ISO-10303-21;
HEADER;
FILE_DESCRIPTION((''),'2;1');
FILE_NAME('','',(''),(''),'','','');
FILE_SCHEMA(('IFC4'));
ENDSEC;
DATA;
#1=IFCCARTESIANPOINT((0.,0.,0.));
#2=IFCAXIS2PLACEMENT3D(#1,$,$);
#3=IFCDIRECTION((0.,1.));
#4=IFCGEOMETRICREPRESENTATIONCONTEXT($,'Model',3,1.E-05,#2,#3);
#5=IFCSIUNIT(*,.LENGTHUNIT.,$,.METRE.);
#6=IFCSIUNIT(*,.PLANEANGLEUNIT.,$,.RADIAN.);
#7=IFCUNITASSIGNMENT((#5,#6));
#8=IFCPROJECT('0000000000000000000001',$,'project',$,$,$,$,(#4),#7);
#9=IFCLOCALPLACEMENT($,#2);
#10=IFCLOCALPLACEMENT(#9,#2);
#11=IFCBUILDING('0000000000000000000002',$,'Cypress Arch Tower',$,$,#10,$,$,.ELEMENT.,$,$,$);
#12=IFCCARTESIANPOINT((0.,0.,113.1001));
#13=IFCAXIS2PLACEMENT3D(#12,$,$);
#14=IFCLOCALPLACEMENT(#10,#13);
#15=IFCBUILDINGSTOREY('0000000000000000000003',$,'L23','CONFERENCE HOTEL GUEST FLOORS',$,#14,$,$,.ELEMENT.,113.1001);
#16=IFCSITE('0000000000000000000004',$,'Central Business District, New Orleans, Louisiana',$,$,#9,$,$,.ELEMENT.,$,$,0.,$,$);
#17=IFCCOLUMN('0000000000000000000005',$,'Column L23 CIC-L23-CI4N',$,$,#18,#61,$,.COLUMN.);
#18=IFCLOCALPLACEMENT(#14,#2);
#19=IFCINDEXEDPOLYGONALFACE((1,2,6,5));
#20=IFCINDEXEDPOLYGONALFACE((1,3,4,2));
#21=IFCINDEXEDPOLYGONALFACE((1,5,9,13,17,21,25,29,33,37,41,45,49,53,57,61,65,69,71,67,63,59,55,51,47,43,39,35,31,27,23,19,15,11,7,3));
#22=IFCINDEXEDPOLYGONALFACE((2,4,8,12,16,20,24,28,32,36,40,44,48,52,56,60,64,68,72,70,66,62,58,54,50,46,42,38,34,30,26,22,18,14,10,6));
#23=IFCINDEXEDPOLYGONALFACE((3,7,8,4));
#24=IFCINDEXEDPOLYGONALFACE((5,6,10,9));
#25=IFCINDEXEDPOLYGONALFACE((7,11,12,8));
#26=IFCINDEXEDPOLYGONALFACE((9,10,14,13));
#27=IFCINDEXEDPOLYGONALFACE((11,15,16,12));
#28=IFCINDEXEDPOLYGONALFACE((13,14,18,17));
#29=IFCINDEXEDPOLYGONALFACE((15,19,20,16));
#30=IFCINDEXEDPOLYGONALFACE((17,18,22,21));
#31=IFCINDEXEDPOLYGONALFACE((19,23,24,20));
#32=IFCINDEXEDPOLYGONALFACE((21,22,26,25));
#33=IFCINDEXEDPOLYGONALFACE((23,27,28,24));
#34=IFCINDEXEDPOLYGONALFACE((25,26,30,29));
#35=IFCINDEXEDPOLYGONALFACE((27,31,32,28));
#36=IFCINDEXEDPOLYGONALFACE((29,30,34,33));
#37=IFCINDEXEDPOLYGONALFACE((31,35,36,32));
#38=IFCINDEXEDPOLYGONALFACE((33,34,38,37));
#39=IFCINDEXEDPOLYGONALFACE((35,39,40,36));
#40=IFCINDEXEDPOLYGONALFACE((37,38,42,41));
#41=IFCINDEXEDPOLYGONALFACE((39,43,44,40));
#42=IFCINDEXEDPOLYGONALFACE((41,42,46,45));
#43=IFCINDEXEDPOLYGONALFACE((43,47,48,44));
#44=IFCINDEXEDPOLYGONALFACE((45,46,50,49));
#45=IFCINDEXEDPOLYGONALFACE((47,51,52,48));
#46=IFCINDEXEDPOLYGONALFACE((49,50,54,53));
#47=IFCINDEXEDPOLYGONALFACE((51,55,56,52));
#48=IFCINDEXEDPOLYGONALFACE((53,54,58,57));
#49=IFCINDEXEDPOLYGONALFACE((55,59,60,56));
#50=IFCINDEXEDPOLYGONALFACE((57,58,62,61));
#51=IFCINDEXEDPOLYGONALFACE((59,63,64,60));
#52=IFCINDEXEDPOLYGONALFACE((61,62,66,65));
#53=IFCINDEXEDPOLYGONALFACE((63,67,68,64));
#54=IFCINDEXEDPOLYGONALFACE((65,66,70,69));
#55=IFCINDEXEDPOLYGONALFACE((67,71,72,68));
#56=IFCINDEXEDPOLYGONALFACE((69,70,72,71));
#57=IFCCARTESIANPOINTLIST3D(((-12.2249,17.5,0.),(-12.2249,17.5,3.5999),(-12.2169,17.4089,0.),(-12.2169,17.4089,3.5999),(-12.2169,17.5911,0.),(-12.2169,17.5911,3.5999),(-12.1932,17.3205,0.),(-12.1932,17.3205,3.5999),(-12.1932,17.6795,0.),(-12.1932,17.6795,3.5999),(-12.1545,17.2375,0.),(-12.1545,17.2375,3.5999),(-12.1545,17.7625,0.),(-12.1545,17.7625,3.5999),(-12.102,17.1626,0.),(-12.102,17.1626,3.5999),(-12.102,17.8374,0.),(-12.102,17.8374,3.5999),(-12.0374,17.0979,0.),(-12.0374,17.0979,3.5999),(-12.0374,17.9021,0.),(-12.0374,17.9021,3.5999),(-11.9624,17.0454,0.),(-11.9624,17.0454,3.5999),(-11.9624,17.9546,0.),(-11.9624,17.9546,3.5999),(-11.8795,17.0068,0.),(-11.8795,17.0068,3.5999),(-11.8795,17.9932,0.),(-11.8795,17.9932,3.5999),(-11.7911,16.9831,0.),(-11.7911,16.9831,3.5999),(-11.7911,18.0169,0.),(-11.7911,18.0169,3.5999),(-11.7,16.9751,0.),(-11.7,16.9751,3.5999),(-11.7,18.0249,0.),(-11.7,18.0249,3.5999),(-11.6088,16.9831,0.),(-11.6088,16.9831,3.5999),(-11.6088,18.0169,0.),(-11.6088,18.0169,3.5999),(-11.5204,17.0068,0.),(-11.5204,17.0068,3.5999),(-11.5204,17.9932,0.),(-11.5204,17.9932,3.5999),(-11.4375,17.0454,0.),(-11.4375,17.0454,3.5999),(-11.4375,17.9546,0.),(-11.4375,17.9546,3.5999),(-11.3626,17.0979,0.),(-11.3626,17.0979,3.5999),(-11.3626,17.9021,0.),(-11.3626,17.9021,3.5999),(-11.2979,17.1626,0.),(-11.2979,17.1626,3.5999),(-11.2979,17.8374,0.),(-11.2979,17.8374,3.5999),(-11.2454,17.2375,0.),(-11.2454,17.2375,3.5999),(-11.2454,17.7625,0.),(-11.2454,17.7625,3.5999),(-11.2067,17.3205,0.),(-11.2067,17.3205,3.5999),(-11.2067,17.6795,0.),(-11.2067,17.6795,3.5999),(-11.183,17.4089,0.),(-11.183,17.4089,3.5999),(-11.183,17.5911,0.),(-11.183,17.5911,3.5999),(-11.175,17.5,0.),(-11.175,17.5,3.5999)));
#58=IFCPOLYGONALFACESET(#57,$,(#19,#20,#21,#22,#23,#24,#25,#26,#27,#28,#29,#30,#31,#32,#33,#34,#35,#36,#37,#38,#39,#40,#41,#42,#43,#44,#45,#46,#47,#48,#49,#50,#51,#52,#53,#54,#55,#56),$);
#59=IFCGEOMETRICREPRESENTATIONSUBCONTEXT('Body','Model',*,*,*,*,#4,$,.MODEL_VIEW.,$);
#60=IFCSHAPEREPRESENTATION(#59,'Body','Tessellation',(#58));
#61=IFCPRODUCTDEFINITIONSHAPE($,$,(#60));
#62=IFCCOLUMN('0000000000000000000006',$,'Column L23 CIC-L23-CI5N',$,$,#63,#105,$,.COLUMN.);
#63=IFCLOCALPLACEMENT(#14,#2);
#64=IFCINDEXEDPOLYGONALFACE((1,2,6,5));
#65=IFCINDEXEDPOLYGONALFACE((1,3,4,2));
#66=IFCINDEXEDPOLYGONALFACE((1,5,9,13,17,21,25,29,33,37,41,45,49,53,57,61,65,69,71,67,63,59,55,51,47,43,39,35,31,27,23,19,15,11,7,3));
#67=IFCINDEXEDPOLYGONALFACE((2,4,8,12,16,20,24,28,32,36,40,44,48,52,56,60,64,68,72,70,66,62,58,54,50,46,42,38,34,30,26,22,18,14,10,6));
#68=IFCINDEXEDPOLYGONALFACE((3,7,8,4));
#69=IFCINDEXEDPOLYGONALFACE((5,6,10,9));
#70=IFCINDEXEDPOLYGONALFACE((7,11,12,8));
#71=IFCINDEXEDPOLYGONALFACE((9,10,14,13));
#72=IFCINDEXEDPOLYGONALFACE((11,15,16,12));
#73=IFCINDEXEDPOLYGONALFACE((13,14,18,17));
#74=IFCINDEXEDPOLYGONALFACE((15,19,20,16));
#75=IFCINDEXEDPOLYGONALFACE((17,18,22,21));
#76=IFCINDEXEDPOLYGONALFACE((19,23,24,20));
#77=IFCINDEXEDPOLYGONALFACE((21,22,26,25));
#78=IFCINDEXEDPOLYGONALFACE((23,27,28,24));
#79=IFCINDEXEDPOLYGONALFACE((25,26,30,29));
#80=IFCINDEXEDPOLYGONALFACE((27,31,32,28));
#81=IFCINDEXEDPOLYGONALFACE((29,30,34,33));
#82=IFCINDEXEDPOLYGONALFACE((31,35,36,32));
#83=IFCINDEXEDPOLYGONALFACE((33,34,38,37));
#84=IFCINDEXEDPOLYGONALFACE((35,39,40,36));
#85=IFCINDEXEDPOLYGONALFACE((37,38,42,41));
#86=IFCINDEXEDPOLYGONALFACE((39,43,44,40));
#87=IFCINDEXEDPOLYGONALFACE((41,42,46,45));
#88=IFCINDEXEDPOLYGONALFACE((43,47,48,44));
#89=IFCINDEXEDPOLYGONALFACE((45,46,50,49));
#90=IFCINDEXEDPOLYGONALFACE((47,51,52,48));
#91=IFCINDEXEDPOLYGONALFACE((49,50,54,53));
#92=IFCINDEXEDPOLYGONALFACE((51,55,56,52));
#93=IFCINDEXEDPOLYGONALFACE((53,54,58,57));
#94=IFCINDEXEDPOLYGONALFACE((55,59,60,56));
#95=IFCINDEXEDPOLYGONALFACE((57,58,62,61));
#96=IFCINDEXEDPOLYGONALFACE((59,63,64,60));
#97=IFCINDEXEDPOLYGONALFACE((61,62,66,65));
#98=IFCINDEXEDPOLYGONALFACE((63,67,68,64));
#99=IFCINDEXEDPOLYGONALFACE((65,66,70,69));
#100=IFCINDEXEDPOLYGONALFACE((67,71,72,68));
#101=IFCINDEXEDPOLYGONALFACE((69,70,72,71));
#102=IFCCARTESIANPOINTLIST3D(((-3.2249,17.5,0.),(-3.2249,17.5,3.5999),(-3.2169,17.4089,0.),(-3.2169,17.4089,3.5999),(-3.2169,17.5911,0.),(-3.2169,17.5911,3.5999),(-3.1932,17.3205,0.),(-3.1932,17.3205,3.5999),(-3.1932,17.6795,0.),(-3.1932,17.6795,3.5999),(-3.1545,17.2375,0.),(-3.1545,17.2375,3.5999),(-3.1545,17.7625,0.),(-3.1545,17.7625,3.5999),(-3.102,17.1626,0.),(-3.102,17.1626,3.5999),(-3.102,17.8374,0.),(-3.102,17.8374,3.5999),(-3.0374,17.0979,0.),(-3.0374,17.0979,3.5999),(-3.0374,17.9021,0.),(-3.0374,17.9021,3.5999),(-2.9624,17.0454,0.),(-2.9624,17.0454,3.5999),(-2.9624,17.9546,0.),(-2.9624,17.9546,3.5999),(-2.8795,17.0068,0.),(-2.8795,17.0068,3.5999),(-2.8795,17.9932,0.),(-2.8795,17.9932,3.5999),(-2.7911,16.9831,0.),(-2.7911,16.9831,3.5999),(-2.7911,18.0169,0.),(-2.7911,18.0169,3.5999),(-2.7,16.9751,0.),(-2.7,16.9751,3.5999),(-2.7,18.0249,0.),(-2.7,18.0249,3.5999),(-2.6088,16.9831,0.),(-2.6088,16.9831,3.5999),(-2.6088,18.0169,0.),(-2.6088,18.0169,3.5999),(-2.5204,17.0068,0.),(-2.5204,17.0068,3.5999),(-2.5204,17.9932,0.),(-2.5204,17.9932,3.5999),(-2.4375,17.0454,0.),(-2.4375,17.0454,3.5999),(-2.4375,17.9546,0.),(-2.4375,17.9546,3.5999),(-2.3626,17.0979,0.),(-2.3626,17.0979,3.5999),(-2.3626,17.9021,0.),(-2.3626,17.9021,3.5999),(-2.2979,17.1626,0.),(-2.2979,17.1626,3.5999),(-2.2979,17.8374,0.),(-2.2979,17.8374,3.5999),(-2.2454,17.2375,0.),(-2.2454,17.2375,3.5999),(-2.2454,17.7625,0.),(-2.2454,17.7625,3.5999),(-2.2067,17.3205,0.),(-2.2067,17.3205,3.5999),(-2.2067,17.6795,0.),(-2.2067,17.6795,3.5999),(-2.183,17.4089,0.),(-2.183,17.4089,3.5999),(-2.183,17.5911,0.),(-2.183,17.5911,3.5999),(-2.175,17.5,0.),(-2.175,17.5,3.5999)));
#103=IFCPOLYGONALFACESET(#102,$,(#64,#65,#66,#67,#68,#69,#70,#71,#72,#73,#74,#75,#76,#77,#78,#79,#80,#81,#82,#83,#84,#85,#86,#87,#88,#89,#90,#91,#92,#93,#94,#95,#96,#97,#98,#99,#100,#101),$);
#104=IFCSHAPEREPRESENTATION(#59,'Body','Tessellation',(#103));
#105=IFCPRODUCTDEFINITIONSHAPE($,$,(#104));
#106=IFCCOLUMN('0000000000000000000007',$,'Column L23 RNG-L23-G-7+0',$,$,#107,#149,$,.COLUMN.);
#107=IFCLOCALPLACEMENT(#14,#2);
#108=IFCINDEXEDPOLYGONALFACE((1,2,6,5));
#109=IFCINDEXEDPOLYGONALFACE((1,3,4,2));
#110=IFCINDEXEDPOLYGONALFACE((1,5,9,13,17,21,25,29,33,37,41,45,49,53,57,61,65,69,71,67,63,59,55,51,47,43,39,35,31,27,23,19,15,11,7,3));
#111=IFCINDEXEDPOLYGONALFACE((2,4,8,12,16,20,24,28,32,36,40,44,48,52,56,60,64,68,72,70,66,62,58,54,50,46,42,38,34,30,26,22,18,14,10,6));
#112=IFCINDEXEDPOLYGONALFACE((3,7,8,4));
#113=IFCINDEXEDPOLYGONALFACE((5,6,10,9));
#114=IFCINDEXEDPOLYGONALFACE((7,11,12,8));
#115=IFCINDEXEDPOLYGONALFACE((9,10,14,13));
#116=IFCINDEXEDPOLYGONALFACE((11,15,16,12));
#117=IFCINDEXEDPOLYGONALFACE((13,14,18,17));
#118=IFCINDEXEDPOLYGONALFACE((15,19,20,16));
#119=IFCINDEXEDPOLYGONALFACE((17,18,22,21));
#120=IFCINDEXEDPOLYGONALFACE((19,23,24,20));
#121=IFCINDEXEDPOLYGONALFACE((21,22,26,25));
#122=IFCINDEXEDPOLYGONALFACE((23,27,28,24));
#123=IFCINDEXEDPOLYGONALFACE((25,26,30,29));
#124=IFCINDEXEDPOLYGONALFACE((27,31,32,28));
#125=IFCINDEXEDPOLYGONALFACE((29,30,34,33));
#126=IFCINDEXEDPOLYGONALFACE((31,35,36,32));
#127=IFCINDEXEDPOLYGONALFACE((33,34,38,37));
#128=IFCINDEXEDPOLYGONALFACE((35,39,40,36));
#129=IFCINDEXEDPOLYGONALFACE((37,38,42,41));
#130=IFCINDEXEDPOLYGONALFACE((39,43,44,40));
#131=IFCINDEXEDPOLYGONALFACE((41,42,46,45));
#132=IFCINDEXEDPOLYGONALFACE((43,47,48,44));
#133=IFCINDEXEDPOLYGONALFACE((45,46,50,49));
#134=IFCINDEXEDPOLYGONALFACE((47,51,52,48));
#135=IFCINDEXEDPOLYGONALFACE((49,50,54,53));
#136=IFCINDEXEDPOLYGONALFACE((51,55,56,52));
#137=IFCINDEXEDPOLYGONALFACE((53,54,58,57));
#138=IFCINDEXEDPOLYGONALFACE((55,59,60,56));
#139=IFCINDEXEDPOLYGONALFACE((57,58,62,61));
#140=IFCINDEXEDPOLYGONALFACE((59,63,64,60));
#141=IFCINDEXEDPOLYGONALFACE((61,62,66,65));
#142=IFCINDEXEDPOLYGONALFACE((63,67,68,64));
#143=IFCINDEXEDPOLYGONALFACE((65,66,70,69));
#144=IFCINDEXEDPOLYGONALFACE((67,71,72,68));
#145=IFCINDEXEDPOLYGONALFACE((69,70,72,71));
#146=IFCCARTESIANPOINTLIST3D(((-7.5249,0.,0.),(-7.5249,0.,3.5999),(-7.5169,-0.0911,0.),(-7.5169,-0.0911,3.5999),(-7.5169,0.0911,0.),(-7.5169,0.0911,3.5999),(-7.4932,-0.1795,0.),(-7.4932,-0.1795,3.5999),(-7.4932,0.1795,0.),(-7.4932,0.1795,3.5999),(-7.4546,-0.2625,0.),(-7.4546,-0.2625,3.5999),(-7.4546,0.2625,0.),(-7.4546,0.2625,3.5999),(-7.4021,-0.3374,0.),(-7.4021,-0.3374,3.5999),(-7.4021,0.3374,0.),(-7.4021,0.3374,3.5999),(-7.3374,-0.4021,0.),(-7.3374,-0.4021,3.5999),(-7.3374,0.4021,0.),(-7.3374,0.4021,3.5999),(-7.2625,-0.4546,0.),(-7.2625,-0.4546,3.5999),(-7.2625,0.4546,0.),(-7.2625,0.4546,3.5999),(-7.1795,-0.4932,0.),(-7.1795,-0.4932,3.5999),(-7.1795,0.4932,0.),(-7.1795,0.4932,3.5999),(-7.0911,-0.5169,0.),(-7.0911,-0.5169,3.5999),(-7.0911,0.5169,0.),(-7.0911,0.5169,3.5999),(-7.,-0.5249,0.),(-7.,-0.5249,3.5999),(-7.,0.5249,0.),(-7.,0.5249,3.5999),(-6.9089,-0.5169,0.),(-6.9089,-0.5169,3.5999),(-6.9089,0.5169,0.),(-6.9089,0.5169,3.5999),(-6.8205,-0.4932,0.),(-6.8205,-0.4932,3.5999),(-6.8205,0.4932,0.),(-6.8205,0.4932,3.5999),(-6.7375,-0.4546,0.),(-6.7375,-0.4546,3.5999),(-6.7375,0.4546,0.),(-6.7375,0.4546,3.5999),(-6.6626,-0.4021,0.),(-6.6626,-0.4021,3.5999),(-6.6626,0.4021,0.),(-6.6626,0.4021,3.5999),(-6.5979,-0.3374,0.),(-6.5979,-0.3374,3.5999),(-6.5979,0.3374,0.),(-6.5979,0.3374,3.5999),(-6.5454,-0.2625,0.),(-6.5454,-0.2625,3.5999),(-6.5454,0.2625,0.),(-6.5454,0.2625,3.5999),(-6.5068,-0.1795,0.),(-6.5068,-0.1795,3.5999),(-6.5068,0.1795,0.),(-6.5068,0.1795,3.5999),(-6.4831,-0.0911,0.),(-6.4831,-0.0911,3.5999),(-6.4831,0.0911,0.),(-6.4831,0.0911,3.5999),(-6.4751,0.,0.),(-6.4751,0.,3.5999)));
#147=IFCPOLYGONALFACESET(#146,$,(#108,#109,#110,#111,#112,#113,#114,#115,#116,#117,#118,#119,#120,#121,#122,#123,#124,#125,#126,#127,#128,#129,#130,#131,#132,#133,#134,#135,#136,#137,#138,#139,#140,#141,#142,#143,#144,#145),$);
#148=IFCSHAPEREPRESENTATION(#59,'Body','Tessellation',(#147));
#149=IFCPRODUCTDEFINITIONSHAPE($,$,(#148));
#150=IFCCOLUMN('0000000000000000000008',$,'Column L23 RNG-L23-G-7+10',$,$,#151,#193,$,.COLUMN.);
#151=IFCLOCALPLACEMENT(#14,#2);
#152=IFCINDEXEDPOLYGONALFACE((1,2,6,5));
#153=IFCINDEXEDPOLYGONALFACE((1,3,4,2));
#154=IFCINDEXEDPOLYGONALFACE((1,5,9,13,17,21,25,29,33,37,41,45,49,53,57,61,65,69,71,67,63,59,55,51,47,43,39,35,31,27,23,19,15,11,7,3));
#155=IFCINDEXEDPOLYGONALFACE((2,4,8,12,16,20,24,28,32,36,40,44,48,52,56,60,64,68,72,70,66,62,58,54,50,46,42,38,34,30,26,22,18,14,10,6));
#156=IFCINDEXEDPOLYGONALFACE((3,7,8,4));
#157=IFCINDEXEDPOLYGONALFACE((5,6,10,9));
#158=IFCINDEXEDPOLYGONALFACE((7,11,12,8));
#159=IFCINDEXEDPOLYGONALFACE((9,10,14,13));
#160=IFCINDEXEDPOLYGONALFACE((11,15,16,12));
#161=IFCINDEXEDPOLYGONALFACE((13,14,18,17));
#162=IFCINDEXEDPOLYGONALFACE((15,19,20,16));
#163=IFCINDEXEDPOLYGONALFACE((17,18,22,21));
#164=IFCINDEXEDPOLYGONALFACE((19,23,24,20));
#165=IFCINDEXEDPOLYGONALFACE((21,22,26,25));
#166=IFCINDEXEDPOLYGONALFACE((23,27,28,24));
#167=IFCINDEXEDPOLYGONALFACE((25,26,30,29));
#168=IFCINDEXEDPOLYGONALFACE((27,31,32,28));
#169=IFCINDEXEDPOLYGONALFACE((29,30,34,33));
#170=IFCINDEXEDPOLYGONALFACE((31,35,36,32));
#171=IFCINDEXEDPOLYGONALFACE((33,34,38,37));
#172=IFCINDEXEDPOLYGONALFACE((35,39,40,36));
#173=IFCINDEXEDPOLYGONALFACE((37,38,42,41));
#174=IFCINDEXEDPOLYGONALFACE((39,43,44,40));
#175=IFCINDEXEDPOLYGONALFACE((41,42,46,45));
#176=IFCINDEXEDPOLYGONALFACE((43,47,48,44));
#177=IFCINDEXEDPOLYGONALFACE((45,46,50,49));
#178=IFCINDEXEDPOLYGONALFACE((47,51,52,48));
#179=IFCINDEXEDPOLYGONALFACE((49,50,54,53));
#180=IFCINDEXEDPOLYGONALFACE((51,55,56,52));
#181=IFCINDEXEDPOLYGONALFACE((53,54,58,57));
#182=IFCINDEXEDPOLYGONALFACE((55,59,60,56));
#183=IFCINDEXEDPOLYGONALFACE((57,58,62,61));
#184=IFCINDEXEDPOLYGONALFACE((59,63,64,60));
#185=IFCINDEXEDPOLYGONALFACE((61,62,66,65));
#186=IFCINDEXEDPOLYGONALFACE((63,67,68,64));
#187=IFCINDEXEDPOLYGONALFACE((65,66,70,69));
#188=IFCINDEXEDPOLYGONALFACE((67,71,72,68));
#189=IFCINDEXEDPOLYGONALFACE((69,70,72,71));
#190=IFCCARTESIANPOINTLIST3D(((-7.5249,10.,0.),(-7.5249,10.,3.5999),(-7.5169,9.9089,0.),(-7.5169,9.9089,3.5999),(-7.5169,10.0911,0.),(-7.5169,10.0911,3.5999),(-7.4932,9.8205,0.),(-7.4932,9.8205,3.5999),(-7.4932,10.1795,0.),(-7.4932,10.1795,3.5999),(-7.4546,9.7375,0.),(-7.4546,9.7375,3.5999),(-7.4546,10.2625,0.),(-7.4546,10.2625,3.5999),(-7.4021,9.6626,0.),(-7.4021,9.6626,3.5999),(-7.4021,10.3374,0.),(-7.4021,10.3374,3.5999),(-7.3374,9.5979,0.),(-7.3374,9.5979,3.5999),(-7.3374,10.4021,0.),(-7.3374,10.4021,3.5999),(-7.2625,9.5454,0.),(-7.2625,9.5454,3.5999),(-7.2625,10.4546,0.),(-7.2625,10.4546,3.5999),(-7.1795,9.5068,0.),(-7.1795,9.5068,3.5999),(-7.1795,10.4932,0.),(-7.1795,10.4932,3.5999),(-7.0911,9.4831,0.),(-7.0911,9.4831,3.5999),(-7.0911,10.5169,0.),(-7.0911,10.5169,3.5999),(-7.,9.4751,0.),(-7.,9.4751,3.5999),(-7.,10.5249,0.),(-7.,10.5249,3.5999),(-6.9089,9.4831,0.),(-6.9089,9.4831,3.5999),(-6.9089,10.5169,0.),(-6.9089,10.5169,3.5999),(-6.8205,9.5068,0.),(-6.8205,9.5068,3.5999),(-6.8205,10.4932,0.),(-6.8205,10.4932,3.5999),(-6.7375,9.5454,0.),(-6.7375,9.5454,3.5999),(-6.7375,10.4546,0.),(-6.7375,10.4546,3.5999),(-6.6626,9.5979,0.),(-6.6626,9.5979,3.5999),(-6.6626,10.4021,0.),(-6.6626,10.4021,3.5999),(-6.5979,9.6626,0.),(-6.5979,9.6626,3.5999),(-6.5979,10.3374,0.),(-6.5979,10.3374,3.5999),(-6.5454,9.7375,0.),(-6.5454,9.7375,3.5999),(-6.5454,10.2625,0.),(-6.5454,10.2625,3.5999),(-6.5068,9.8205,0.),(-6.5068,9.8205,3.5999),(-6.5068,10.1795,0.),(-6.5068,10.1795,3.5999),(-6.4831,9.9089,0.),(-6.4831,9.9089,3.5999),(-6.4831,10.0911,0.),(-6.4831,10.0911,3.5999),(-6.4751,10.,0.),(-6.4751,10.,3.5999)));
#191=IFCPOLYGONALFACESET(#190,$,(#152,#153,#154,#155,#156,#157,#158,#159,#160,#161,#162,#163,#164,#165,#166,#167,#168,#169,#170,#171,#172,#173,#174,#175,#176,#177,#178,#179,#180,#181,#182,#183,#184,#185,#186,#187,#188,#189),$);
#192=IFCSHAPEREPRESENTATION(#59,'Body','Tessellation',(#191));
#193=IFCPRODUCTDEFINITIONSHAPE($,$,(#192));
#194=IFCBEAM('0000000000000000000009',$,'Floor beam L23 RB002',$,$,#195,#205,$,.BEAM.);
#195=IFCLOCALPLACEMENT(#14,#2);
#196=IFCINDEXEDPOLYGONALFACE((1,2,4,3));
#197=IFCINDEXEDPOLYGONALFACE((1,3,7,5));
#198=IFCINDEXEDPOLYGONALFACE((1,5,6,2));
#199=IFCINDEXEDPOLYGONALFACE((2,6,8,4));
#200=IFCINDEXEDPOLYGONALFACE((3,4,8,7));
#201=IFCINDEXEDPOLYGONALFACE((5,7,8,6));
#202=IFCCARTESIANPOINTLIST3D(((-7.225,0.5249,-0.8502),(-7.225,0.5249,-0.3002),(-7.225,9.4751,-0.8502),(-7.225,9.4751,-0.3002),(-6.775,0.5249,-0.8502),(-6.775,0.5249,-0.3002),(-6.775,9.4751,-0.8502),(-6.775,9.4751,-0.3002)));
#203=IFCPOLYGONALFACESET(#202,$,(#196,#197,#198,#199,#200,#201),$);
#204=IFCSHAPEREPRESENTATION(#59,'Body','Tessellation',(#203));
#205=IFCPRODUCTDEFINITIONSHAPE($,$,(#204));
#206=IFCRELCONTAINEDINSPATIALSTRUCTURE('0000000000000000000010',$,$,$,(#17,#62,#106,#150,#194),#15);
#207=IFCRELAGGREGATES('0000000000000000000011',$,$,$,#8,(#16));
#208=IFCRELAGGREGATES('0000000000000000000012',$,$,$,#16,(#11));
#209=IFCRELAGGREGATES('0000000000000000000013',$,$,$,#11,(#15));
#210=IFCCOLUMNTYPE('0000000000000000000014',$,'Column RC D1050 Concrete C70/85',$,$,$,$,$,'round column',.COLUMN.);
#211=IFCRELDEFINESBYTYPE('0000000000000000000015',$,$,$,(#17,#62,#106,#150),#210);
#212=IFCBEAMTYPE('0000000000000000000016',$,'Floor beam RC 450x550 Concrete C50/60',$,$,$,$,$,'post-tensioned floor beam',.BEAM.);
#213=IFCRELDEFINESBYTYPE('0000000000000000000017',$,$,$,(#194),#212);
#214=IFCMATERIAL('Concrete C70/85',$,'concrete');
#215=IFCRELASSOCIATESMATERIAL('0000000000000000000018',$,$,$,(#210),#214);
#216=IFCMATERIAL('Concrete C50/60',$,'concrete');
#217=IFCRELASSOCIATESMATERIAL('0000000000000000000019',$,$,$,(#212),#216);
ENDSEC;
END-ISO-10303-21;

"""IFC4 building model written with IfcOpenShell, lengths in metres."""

from ifc_helpers import new_model, si_unit, direction, frame, origin, origin_2d, place, context, subcontext, project, spatial, rectangle, circle, extrude, material, material_profile, profile_set, type_object, element, save


model = new_model("IFC4")

# Units and contexts
model_context = context("Model", 3, precision=1e-05, world=origin(), true_north=direction((0.0, 1.0)))
body_context = subcontext(model_context, "Body", "Model", "MODEL_VIEW")
ifc_project = project(units=[si_unit("LENGTHUNIT", "METRE"), si_unit("PLANEANGLEUNIT", "RADIAN")], contexts=[model_context])

# Site, building, storey
site_placement = place(None, origin())
site = spatial("IfcSite", under=ifc_project, at=site_placement, Name="Central Business District, New Orleans, Louisiana", CompositionType="ELEMENT", RefElevation=0.0)
building_placement = place(site_placement, origin())
building = spatial("IfcBuilding", under=site, at=building_placement, Name="Cypress Arch Tower", CompositionType="ELEMENT")
storey_placement = place(building_placement, frame((0.0, 0.0, 113.1001)))
storey = spatial("IfcBuildingStorey", under=building, at=storey_placement, Name="L23", Description="CONFERENCE HOTEL GUEST FLOORS", CompositionType="ELEMENT", Elevation=113.1001)

# Columns
ifc_material_1 = material(Name="Concrete C70/85", Category="concrete")
ifc_material_profile_1 = material_profile(ifc_material_1, circle(Radius=0.5249, at=origin_2d()), Name="RC D1050")
ifc_profile_set_1 = profile_set([ifc_material_profile_1], Name="Concrete C70/85")
column_type = type_object("IfcColumnType", Name="Column RC D1050 Concrete C70/85", ElementType="round column", PredefinedType="COLUMN", material=ifc_profile_set_1)
for number, where, z_axis, x_axis, name in (
    (1, (-11.7, 17.5, 0.0), (0.0, 0.0, 1.0), (1.0, 0.0, 0.0), "Column L23 CIC-L23-CI4N"),
    (2, (-2.7, 17.5, 0.0), (0.0, 0.0, 1.0), (1.0, 0.0, 0.0), "Column L23 CIC-L23-CI5N"),
    (3, (-7.0, 0.0, 0.0), (0.0, 0.0, 1.0), (1.0, 0.0, 0.0), "Column L23 RNG-L23-G-7+0"),
    (4, (-7.0, 10.0, 0.0), (0.0, 0.0, 1.0), (1.0, 0.0, 0.0), "Column L23 RNG-L23-G-7+10"),
):
    element("IfcColumn", number, at=place(storey_placement, frame(where, z_axis=z_axis, x_axis=x_axis)), inside=storey, type_object=column_type, Name=name, PredefinedType="COLUMN", context=body_context, shape_type="SweptSolid", body=[
        extrude(circle(Radius=0.5249, at=origin_2d()), origin(), (0.0, 0.0, 1.0), 3.5999),
    ])

# Beam
ifc_material_2 = material(Name="Concrete C50/60", Category="concrete")
ifc_material_profile_2 = material_profile(ifc_material_2, rectangle(XDim=0.45, YDim=0.55, at=origin_2d()), Name="RC 450x550")
ifc_profile_set_2 = profile_set([ifc_material_profile_2], Name="Concrete C50/60")
beam_type_1 = type_object("IfcBeamType", Name="Floor beam RC 450x550 Concrete C50/60", ElementType="post-tensioned floor beam", PredefinedType="BEAM", material=ifc_profile_set_2)
beam_1_placement = place(storey_placement, frame((-7.0, 0.5249, -0.5752), z_axis=(0.0, 1.0, 0.0), x_axis=(-1.0, 0.0, 0.0)))
element("IfcBeam", 5, at=beam_1_placement, inside=storey, type_object=beam_type_1, Name="Floor beam L23 RB002", PredefinedType="BEAM", context=body_context, shape_type="SweptSolid", body=[
    extrude(rectangle(XDim=0.45, YDim=0.55, at=origin_2d()), origin(), (0.0, 0.0, 1.0), 8.9502),
])

save(model, "model.ifc")
